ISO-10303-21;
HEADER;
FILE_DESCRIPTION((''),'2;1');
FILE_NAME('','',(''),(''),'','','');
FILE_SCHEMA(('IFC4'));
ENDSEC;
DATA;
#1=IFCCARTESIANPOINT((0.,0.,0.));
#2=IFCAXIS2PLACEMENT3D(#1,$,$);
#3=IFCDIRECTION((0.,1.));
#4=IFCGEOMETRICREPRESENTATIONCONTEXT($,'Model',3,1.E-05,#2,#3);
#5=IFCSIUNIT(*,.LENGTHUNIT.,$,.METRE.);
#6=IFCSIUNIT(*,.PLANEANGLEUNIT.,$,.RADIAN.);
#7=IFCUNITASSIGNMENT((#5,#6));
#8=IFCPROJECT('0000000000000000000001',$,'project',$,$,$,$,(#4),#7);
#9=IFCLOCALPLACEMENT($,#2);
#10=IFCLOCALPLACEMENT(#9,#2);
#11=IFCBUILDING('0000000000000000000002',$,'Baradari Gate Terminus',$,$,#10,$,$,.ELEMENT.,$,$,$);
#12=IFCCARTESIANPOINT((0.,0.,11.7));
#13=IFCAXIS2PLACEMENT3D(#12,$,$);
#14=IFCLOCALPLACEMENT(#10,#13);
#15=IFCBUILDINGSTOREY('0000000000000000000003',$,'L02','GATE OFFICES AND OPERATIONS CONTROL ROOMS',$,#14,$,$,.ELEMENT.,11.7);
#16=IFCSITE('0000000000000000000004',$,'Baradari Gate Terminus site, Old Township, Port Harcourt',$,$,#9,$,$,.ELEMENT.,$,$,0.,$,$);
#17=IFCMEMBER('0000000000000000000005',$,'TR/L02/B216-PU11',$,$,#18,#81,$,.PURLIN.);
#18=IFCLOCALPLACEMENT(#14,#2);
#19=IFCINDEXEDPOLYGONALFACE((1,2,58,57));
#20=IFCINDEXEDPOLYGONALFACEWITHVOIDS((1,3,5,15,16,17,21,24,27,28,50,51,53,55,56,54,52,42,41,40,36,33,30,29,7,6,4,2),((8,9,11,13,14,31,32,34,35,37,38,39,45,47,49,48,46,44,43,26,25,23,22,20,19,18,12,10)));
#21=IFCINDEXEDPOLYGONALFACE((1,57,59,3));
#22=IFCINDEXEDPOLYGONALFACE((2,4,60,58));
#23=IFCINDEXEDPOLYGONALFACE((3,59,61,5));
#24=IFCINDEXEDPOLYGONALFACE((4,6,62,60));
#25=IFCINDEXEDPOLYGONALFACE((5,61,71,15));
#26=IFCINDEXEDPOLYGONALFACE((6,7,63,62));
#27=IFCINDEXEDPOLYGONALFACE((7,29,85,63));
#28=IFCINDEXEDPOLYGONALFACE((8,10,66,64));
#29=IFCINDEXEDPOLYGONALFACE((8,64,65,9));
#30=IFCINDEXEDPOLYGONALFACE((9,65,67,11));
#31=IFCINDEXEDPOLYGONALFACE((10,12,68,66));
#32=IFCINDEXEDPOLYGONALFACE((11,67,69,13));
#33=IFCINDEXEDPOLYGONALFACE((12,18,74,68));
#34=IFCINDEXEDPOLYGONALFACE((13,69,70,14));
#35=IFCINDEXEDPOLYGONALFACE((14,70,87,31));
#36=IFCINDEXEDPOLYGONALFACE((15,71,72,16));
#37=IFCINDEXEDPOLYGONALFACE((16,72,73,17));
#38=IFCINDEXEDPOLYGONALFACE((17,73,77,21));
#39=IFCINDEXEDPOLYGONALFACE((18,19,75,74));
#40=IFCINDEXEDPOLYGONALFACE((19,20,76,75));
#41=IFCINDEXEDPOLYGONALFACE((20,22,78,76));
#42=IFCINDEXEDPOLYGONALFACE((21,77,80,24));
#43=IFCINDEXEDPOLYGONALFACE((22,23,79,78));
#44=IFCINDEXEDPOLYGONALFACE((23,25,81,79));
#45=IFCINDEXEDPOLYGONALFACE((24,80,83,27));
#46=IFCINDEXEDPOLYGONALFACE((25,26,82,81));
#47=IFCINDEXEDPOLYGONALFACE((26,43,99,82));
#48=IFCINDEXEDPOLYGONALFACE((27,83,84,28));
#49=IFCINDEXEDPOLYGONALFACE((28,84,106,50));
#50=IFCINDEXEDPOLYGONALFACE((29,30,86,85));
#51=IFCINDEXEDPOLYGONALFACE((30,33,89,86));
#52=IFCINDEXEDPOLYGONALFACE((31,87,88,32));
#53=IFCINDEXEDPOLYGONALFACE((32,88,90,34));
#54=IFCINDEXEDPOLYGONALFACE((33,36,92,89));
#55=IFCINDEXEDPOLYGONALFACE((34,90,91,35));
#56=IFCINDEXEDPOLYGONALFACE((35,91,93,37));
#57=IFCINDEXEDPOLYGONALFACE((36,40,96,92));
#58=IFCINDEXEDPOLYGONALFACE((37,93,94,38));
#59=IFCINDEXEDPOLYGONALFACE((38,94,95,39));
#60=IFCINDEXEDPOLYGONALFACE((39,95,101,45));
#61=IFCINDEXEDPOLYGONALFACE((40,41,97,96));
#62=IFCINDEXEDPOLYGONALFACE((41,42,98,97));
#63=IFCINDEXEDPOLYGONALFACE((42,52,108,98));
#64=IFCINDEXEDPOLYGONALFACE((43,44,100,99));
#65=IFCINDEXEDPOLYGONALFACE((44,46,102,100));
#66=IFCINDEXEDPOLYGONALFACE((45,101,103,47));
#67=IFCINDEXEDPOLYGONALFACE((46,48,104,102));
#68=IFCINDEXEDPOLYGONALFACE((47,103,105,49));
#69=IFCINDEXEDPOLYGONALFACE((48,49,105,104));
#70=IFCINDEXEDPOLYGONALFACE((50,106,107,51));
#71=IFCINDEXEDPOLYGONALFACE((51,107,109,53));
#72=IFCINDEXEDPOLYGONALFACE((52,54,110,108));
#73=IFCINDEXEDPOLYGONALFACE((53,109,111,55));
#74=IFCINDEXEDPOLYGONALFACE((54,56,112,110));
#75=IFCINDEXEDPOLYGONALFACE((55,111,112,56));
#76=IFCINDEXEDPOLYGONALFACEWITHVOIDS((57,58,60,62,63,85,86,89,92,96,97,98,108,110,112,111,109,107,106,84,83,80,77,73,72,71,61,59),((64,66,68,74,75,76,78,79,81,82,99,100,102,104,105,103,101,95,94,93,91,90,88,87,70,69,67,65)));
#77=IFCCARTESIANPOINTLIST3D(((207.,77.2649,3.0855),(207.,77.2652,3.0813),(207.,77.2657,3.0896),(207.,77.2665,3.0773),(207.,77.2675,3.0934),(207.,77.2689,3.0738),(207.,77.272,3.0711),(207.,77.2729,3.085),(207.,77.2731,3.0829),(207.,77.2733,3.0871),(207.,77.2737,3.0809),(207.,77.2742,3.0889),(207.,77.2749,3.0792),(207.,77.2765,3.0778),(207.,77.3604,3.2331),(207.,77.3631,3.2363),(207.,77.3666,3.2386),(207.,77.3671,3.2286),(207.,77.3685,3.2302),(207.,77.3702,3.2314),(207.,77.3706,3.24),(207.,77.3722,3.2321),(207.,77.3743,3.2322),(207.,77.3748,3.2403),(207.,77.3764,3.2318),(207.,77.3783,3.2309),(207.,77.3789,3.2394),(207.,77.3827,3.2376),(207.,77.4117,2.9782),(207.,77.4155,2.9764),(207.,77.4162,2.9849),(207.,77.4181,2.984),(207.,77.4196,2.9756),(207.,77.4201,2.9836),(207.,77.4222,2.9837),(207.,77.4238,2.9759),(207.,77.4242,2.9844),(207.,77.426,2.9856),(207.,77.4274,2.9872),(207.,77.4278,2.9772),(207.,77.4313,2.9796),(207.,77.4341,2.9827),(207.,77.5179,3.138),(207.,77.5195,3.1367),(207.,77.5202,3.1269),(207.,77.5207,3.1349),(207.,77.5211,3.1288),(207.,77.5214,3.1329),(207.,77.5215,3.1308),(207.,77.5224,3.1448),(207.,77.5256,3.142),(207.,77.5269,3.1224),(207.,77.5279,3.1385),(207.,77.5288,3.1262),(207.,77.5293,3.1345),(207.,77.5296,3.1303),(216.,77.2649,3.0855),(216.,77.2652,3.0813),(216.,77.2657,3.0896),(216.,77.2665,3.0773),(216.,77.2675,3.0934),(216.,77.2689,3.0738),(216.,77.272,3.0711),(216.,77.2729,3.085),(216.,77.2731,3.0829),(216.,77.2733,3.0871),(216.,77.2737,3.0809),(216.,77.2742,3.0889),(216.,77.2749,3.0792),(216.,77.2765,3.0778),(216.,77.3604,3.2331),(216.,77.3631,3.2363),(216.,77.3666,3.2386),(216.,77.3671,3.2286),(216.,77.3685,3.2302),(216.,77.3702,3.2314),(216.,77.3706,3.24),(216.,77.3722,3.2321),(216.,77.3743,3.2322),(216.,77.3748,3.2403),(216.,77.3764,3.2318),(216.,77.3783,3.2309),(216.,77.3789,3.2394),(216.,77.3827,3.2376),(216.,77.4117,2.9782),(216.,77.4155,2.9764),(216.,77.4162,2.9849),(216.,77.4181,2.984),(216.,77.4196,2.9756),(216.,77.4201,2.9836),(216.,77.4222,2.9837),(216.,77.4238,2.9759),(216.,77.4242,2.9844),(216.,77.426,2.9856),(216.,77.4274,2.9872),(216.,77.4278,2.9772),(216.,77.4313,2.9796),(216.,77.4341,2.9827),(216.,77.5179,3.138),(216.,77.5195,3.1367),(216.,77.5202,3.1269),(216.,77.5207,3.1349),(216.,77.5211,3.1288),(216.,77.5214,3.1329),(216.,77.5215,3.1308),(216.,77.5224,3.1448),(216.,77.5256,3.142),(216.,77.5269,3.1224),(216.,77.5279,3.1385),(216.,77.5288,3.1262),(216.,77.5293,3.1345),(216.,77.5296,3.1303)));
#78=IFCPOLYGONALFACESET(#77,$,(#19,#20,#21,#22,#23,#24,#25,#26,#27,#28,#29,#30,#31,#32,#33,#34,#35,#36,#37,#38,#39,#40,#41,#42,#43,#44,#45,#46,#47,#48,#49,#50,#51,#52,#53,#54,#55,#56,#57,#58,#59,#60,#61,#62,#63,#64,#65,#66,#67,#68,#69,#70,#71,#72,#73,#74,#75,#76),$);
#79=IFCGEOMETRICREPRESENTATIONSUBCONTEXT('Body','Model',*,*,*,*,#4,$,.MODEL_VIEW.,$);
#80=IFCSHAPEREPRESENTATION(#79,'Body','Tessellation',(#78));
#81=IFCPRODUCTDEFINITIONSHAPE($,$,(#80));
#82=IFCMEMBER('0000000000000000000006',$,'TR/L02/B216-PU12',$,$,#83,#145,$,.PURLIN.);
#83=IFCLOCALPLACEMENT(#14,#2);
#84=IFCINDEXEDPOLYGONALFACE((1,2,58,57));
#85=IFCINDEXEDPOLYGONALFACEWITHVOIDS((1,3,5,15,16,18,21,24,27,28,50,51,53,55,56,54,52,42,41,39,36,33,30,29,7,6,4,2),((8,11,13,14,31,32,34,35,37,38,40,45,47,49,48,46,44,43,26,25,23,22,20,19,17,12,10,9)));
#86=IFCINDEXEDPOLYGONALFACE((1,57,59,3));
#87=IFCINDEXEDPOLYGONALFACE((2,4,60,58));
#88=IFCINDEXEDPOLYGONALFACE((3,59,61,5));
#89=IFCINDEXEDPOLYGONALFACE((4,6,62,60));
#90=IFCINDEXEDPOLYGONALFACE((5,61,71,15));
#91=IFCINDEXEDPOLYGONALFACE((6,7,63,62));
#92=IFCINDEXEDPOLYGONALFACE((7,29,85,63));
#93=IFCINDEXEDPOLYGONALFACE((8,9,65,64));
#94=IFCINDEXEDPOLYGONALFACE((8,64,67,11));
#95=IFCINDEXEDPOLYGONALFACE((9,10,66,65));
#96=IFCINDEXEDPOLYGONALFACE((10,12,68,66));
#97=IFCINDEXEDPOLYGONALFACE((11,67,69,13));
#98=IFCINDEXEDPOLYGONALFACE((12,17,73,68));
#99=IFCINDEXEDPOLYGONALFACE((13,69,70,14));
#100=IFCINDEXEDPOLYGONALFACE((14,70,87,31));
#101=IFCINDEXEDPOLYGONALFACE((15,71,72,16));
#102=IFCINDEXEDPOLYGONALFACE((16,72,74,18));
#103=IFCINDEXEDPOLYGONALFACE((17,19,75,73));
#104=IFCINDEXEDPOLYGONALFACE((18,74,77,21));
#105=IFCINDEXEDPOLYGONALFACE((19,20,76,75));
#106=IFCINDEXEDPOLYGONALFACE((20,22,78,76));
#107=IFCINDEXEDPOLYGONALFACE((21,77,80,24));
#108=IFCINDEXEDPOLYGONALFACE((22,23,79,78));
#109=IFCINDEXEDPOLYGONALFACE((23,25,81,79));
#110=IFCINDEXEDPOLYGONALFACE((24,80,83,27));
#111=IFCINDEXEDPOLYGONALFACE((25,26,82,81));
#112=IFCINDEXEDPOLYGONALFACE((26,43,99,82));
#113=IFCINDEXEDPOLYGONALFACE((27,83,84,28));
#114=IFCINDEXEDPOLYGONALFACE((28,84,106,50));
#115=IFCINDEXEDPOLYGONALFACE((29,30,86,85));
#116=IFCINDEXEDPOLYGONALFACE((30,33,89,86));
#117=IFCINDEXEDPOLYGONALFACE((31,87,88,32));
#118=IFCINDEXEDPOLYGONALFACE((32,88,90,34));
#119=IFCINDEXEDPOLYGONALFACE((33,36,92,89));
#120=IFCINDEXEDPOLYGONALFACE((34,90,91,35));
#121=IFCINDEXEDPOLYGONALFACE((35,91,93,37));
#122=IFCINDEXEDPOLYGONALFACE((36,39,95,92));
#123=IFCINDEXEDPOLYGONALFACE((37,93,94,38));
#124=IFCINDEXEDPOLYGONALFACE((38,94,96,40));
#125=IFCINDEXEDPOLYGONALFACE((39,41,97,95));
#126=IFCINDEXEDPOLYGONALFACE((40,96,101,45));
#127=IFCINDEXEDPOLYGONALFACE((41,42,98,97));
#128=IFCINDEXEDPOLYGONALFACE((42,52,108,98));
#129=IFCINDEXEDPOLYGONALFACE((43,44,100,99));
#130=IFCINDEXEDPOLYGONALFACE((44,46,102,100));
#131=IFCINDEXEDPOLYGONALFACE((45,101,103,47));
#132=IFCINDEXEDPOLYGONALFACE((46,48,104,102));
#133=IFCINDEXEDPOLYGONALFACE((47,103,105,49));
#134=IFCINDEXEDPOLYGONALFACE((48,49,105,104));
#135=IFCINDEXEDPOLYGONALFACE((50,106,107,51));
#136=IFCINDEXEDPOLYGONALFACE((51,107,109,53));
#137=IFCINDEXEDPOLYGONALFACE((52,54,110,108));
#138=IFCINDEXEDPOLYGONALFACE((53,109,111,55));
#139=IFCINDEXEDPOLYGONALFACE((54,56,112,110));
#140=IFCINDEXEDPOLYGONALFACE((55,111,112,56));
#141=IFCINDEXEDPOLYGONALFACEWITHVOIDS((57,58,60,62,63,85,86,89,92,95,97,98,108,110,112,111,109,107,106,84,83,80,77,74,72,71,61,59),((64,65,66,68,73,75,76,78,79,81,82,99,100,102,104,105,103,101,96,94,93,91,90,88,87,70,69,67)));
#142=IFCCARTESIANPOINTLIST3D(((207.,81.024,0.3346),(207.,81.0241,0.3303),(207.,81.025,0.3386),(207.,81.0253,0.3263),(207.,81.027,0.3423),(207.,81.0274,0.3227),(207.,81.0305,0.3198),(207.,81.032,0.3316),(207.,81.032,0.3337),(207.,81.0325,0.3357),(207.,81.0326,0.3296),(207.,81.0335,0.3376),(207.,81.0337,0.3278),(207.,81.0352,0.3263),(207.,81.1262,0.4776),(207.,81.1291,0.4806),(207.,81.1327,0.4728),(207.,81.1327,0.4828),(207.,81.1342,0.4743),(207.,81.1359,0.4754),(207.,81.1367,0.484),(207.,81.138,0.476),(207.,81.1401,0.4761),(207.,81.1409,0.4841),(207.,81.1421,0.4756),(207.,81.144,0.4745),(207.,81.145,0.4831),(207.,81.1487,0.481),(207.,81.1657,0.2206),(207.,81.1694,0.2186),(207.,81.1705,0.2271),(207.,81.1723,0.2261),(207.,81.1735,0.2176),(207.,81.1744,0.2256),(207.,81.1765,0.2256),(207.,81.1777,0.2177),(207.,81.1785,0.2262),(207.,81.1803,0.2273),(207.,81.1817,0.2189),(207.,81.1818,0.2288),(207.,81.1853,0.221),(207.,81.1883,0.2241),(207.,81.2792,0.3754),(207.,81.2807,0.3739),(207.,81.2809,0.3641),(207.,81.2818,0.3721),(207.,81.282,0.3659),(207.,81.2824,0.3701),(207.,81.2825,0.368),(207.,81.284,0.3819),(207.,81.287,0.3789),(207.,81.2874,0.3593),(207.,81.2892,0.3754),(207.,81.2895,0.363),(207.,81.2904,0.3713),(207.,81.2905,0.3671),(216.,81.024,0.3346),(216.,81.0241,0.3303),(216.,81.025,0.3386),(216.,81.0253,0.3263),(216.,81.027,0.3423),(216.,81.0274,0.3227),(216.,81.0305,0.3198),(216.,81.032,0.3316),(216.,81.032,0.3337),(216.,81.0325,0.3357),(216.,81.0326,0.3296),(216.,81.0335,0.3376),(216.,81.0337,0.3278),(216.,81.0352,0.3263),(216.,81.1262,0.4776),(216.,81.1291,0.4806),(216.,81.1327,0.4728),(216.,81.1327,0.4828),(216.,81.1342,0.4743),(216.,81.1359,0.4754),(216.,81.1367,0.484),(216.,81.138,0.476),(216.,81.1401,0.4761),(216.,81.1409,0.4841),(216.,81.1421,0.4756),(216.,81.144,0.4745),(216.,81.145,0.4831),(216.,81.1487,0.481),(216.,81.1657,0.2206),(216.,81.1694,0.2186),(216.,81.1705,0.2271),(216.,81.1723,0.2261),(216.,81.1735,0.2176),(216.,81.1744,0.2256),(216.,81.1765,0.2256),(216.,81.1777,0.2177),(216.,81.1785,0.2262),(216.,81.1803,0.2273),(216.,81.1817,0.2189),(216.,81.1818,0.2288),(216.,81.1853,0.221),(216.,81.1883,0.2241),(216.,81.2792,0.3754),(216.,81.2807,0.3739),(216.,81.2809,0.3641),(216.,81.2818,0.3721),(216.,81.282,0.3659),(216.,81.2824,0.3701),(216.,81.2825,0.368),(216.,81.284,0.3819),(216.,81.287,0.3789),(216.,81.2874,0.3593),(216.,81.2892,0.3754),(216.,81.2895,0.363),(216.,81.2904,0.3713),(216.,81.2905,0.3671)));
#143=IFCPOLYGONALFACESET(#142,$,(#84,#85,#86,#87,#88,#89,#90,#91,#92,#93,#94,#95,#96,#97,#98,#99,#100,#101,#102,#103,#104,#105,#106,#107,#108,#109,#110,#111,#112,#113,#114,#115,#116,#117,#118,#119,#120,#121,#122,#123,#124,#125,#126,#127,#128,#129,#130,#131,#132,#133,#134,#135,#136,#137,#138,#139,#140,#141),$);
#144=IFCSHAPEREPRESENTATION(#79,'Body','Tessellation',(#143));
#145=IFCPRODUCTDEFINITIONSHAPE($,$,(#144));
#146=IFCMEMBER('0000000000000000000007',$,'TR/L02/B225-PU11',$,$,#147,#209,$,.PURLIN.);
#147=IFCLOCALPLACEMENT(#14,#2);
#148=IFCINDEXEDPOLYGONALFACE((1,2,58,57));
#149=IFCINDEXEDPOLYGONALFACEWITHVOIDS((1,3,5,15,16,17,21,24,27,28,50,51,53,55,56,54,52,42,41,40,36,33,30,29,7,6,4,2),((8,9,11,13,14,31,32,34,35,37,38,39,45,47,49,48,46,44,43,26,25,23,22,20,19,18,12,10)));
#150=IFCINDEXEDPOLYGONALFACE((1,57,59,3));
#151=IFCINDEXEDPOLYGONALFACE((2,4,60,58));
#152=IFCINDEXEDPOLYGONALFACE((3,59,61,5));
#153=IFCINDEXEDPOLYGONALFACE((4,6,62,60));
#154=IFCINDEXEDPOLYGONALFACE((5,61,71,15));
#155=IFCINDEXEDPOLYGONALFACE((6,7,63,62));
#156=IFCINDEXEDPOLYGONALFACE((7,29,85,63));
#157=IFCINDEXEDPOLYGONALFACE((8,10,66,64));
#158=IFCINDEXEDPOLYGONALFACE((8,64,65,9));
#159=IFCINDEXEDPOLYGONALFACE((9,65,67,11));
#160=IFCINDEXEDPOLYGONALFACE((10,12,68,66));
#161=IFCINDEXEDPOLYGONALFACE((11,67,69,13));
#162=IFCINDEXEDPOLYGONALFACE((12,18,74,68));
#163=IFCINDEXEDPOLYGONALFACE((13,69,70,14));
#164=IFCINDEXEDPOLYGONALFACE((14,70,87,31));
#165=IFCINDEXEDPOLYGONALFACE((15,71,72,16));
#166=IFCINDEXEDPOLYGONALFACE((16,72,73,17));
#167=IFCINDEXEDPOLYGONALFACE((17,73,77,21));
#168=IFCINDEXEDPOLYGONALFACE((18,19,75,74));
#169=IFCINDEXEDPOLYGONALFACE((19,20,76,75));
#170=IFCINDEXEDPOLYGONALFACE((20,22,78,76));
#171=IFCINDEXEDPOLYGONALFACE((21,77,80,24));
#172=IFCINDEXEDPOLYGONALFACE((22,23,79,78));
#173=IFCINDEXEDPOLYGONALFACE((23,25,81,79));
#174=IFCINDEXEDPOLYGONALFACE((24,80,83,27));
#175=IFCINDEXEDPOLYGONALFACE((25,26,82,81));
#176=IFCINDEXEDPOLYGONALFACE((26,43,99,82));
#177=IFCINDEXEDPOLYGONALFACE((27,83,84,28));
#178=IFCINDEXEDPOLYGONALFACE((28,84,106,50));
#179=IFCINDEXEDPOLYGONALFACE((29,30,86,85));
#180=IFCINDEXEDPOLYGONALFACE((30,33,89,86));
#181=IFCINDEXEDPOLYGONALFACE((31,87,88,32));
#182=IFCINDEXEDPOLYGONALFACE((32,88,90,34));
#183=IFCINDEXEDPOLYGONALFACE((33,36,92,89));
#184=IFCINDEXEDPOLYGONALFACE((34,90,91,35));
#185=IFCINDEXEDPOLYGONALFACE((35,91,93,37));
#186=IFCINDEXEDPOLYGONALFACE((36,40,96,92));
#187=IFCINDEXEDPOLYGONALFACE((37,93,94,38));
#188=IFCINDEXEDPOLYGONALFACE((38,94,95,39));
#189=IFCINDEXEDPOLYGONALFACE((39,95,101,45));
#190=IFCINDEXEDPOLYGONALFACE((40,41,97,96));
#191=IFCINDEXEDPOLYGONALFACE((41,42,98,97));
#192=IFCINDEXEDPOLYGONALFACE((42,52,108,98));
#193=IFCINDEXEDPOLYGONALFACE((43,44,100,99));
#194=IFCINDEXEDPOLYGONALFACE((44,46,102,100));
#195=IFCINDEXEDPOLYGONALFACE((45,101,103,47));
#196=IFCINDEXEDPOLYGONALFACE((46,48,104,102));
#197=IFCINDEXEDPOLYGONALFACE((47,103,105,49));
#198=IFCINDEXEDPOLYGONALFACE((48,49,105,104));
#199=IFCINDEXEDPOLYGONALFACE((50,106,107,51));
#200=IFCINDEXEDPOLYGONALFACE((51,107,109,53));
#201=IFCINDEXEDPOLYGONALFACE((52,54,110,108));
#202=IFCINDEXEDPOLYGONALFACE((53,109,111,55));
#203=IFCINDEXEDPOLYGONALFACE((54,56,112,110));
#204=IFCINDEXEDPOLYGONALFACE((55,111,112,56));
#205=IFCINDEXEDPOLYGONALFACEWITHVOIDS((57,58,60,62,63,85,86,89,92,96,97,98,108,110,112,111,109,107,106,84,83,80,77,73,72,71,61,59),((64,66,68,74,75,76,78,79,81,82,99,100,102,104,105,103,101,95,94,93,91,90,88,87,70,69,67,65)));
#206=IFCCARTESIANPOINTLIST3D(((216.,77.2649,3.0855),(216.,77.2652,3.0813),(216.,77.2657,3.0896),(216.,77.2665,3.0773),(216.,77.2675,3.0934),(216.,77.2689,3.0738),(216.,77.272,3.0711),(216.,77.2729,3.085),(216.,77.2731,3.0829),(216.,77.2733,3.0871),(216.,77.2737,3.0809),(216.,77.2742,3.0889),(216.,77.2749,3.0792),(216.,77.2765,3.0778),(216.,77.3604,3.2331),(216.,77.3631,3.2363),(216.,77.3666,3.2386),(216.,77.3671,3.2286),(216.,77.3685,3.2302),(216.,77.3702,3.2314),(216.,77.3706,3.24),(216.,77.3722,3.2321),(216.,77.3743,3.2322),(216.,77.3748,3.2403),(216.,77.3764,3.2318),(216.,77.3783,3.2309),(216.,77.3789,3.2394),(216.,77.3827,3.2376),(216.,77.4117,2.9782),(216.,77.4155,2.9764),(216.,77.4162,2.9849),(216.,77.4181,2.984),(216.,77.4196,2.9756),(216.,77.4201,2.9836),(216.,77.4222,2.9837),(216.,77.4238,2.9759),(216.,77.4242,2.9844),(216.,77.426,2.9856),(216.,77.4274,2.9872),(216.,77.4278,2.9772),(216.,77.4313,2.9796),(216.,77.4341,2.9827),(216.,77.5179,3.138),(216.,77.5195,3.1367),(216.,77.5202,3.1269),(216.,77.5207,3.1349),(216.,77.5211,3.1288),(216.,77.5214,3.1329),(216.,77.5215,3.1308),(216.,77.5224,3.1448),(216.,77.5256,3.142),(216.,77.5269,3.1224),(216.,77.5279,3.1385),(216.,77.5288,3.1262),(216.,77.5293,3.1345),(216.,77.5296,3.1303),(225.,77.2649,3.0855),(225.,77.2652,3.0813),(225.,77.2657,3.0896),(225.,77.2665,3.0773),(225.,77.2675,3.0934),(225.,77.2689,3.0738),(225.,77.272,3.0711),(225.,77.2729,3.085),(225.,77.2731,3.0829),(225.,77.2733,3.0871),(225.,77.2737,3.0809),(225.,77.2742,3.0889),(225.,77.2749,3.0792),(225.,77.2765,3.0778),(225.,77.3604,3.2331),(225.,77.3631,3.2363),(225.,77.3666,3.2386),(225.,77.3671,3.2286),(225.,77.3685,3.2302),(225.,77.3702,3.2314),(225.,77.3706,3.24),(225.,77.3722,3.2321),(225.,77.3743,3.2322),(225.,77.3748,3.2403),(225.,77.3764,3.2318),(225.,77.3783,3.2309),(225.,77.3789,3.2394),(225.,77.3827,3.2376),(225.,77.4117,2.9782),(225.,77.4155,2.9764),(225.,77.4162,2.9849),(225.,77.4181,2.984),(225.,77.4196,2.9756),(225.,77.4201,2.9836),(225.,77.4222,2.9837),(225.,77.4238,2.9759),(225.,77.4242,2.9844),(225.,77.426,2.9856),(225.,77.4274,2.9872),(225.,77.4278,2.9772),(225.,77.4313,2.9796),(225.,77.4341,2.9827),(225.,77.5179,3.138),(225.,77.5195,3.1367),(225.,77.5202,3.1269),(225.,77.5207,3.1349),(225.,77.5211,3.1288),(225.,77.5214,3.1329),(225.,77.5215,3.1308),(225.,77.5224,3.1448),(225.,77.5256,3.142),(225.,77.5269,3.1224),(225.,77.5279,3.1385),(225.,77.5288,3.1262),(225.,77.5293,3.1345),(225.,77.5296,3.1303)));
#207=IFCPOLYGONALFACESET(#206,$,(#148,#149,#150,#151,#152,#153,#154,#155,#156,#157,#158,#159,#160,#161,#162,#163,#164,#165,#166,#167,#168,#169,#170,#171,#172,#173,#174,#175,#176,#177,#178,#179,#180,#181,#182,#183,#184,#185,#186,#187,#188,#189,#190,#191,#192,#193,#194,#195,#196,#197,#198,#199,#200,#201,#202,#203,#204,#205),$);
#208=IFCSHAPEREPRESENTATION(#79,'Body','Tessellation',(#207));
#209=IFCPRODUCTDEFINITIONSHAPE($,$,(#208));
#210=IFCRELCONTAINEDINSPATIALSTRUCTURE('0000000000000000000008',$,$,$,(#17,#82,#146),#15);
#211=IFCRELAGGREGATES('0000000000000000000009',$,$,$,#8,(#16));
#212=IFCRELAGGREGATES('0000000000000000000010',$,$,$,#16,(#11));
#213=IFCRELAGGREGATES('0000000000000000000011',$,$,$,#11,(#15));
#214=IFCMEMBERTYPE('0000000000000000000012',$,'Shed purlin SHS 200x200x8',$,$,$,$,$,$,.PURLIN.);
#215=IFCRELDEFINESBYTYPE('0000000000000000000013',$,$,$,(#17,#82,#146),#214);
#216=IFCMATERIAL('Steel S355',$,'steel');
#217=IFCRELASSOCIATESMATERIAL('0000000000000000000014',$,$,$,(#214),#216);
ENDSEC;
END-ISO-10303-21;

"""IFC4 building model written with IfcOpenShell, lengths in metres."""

from ifc_helpers import new_model, si_unit, direction, frame, origin, origin_2d, place, context, subcontext, project, spatial, hollow_rectangle, extrude, material, material_profile, profile_set, type_object, element, save


model = new_model("IFC4")

# Units and contexts
model_context = context("Model", 3, precision=1e-05, world=origin(), true_north=direction((0.0, 1.0)))
body_context = subcontext(model_context, "Body", "Model", "MODEL_VIEW")
ifc_project = project(units=[si_unit("LENGTHUNIT", "METRE"), si_unit("PLANEANGLEUNIT", "RADIAN")], contexts=[model_context])

# Site, building, storey
site_placement = place(None, origin())
site = spatial("IfcSite", under=ifc_project, at=site_placement, Name="Baradari Gate Terminus site, Old Township, Port Harcourt", CompositionType="ELEMENT", RefElevation=0.0)
building_placement = place(site_placement, origin())
building = spatial("IfcBuilding", under=site, at=building_placement, Name="Baradari Gate Terminus", CompositionType="ELEMENT")
storey_placement = place(building_placement, frame((0.0, 0.0, 11.7)))
storey = spatial("IfcBuildingStorey", under=building, at=storey_placement, Name="L02", Description="GATE OFFICES AND OPERATIONS CONTROL ROOMS", CompositionType="ELEMENT", Elevation=11.7)

# Members
ifc_material_1 = material(Name="Steel S355", Category="steel")
ifc_material_profile_1 = material_profile(ifc_material_1, hollow_rectangle(XDim=0.2, YDim=0.2, WallThickness=0.0081, InnerFilletRadius=0.0081, OuterFilletRadius=0.0161, at=origin_2d()), Name="SHS 200x200x8")
ifc_profile_set_1 = profile_set([ifc_material_profile_1], Name="Steel S355")
member_type_1 = type_object("IfcMemberType", Name="Shed purlin SHS 200x200x8", PredefinedType="PURLIN", material=ifc_profile_set_1)
for number, where, z_axis, x_axis, name in (
    (1, (207.0, 77.3972, 3.1079), (1.0, 0.0, 0.0), (0.0, 0.832836, -0.553519), "TR/L02/B216-PU11"),
    (2, (207.0, 81.1572, 0.3508), (1.0, 0.0, 0.0), (0.0, 0.806405, -0.591364), "TR/L02/B216-PU12"),
    (3, (216.0, 77.3972, 3.1079), (1.0, 0.0, 0.0), (0.0, 0.832836, -0.553519), "TR/L02/B225-PU11"),
):
    element("IfcMember", number, at=place(storey_placement, frame(where, z_axis=z_axis, x_axis=x_axis)), inside=storey, type_object=member_type_1, Name=name, PredefinedType="PURLIN", context=body_context, shape_type="SweptSolid", body=[
        extrude(hollow_rectangle(XDim=0.2, YDim=0.2, WallThickness=0.0081, InnerFilletRadius=0.0081, OuterFilletRadius=0.0161, at=origin_2d()), origin(), (0.0, 0.0, 1.0), 9.0),
    ])

save(model, "model.ifc")
